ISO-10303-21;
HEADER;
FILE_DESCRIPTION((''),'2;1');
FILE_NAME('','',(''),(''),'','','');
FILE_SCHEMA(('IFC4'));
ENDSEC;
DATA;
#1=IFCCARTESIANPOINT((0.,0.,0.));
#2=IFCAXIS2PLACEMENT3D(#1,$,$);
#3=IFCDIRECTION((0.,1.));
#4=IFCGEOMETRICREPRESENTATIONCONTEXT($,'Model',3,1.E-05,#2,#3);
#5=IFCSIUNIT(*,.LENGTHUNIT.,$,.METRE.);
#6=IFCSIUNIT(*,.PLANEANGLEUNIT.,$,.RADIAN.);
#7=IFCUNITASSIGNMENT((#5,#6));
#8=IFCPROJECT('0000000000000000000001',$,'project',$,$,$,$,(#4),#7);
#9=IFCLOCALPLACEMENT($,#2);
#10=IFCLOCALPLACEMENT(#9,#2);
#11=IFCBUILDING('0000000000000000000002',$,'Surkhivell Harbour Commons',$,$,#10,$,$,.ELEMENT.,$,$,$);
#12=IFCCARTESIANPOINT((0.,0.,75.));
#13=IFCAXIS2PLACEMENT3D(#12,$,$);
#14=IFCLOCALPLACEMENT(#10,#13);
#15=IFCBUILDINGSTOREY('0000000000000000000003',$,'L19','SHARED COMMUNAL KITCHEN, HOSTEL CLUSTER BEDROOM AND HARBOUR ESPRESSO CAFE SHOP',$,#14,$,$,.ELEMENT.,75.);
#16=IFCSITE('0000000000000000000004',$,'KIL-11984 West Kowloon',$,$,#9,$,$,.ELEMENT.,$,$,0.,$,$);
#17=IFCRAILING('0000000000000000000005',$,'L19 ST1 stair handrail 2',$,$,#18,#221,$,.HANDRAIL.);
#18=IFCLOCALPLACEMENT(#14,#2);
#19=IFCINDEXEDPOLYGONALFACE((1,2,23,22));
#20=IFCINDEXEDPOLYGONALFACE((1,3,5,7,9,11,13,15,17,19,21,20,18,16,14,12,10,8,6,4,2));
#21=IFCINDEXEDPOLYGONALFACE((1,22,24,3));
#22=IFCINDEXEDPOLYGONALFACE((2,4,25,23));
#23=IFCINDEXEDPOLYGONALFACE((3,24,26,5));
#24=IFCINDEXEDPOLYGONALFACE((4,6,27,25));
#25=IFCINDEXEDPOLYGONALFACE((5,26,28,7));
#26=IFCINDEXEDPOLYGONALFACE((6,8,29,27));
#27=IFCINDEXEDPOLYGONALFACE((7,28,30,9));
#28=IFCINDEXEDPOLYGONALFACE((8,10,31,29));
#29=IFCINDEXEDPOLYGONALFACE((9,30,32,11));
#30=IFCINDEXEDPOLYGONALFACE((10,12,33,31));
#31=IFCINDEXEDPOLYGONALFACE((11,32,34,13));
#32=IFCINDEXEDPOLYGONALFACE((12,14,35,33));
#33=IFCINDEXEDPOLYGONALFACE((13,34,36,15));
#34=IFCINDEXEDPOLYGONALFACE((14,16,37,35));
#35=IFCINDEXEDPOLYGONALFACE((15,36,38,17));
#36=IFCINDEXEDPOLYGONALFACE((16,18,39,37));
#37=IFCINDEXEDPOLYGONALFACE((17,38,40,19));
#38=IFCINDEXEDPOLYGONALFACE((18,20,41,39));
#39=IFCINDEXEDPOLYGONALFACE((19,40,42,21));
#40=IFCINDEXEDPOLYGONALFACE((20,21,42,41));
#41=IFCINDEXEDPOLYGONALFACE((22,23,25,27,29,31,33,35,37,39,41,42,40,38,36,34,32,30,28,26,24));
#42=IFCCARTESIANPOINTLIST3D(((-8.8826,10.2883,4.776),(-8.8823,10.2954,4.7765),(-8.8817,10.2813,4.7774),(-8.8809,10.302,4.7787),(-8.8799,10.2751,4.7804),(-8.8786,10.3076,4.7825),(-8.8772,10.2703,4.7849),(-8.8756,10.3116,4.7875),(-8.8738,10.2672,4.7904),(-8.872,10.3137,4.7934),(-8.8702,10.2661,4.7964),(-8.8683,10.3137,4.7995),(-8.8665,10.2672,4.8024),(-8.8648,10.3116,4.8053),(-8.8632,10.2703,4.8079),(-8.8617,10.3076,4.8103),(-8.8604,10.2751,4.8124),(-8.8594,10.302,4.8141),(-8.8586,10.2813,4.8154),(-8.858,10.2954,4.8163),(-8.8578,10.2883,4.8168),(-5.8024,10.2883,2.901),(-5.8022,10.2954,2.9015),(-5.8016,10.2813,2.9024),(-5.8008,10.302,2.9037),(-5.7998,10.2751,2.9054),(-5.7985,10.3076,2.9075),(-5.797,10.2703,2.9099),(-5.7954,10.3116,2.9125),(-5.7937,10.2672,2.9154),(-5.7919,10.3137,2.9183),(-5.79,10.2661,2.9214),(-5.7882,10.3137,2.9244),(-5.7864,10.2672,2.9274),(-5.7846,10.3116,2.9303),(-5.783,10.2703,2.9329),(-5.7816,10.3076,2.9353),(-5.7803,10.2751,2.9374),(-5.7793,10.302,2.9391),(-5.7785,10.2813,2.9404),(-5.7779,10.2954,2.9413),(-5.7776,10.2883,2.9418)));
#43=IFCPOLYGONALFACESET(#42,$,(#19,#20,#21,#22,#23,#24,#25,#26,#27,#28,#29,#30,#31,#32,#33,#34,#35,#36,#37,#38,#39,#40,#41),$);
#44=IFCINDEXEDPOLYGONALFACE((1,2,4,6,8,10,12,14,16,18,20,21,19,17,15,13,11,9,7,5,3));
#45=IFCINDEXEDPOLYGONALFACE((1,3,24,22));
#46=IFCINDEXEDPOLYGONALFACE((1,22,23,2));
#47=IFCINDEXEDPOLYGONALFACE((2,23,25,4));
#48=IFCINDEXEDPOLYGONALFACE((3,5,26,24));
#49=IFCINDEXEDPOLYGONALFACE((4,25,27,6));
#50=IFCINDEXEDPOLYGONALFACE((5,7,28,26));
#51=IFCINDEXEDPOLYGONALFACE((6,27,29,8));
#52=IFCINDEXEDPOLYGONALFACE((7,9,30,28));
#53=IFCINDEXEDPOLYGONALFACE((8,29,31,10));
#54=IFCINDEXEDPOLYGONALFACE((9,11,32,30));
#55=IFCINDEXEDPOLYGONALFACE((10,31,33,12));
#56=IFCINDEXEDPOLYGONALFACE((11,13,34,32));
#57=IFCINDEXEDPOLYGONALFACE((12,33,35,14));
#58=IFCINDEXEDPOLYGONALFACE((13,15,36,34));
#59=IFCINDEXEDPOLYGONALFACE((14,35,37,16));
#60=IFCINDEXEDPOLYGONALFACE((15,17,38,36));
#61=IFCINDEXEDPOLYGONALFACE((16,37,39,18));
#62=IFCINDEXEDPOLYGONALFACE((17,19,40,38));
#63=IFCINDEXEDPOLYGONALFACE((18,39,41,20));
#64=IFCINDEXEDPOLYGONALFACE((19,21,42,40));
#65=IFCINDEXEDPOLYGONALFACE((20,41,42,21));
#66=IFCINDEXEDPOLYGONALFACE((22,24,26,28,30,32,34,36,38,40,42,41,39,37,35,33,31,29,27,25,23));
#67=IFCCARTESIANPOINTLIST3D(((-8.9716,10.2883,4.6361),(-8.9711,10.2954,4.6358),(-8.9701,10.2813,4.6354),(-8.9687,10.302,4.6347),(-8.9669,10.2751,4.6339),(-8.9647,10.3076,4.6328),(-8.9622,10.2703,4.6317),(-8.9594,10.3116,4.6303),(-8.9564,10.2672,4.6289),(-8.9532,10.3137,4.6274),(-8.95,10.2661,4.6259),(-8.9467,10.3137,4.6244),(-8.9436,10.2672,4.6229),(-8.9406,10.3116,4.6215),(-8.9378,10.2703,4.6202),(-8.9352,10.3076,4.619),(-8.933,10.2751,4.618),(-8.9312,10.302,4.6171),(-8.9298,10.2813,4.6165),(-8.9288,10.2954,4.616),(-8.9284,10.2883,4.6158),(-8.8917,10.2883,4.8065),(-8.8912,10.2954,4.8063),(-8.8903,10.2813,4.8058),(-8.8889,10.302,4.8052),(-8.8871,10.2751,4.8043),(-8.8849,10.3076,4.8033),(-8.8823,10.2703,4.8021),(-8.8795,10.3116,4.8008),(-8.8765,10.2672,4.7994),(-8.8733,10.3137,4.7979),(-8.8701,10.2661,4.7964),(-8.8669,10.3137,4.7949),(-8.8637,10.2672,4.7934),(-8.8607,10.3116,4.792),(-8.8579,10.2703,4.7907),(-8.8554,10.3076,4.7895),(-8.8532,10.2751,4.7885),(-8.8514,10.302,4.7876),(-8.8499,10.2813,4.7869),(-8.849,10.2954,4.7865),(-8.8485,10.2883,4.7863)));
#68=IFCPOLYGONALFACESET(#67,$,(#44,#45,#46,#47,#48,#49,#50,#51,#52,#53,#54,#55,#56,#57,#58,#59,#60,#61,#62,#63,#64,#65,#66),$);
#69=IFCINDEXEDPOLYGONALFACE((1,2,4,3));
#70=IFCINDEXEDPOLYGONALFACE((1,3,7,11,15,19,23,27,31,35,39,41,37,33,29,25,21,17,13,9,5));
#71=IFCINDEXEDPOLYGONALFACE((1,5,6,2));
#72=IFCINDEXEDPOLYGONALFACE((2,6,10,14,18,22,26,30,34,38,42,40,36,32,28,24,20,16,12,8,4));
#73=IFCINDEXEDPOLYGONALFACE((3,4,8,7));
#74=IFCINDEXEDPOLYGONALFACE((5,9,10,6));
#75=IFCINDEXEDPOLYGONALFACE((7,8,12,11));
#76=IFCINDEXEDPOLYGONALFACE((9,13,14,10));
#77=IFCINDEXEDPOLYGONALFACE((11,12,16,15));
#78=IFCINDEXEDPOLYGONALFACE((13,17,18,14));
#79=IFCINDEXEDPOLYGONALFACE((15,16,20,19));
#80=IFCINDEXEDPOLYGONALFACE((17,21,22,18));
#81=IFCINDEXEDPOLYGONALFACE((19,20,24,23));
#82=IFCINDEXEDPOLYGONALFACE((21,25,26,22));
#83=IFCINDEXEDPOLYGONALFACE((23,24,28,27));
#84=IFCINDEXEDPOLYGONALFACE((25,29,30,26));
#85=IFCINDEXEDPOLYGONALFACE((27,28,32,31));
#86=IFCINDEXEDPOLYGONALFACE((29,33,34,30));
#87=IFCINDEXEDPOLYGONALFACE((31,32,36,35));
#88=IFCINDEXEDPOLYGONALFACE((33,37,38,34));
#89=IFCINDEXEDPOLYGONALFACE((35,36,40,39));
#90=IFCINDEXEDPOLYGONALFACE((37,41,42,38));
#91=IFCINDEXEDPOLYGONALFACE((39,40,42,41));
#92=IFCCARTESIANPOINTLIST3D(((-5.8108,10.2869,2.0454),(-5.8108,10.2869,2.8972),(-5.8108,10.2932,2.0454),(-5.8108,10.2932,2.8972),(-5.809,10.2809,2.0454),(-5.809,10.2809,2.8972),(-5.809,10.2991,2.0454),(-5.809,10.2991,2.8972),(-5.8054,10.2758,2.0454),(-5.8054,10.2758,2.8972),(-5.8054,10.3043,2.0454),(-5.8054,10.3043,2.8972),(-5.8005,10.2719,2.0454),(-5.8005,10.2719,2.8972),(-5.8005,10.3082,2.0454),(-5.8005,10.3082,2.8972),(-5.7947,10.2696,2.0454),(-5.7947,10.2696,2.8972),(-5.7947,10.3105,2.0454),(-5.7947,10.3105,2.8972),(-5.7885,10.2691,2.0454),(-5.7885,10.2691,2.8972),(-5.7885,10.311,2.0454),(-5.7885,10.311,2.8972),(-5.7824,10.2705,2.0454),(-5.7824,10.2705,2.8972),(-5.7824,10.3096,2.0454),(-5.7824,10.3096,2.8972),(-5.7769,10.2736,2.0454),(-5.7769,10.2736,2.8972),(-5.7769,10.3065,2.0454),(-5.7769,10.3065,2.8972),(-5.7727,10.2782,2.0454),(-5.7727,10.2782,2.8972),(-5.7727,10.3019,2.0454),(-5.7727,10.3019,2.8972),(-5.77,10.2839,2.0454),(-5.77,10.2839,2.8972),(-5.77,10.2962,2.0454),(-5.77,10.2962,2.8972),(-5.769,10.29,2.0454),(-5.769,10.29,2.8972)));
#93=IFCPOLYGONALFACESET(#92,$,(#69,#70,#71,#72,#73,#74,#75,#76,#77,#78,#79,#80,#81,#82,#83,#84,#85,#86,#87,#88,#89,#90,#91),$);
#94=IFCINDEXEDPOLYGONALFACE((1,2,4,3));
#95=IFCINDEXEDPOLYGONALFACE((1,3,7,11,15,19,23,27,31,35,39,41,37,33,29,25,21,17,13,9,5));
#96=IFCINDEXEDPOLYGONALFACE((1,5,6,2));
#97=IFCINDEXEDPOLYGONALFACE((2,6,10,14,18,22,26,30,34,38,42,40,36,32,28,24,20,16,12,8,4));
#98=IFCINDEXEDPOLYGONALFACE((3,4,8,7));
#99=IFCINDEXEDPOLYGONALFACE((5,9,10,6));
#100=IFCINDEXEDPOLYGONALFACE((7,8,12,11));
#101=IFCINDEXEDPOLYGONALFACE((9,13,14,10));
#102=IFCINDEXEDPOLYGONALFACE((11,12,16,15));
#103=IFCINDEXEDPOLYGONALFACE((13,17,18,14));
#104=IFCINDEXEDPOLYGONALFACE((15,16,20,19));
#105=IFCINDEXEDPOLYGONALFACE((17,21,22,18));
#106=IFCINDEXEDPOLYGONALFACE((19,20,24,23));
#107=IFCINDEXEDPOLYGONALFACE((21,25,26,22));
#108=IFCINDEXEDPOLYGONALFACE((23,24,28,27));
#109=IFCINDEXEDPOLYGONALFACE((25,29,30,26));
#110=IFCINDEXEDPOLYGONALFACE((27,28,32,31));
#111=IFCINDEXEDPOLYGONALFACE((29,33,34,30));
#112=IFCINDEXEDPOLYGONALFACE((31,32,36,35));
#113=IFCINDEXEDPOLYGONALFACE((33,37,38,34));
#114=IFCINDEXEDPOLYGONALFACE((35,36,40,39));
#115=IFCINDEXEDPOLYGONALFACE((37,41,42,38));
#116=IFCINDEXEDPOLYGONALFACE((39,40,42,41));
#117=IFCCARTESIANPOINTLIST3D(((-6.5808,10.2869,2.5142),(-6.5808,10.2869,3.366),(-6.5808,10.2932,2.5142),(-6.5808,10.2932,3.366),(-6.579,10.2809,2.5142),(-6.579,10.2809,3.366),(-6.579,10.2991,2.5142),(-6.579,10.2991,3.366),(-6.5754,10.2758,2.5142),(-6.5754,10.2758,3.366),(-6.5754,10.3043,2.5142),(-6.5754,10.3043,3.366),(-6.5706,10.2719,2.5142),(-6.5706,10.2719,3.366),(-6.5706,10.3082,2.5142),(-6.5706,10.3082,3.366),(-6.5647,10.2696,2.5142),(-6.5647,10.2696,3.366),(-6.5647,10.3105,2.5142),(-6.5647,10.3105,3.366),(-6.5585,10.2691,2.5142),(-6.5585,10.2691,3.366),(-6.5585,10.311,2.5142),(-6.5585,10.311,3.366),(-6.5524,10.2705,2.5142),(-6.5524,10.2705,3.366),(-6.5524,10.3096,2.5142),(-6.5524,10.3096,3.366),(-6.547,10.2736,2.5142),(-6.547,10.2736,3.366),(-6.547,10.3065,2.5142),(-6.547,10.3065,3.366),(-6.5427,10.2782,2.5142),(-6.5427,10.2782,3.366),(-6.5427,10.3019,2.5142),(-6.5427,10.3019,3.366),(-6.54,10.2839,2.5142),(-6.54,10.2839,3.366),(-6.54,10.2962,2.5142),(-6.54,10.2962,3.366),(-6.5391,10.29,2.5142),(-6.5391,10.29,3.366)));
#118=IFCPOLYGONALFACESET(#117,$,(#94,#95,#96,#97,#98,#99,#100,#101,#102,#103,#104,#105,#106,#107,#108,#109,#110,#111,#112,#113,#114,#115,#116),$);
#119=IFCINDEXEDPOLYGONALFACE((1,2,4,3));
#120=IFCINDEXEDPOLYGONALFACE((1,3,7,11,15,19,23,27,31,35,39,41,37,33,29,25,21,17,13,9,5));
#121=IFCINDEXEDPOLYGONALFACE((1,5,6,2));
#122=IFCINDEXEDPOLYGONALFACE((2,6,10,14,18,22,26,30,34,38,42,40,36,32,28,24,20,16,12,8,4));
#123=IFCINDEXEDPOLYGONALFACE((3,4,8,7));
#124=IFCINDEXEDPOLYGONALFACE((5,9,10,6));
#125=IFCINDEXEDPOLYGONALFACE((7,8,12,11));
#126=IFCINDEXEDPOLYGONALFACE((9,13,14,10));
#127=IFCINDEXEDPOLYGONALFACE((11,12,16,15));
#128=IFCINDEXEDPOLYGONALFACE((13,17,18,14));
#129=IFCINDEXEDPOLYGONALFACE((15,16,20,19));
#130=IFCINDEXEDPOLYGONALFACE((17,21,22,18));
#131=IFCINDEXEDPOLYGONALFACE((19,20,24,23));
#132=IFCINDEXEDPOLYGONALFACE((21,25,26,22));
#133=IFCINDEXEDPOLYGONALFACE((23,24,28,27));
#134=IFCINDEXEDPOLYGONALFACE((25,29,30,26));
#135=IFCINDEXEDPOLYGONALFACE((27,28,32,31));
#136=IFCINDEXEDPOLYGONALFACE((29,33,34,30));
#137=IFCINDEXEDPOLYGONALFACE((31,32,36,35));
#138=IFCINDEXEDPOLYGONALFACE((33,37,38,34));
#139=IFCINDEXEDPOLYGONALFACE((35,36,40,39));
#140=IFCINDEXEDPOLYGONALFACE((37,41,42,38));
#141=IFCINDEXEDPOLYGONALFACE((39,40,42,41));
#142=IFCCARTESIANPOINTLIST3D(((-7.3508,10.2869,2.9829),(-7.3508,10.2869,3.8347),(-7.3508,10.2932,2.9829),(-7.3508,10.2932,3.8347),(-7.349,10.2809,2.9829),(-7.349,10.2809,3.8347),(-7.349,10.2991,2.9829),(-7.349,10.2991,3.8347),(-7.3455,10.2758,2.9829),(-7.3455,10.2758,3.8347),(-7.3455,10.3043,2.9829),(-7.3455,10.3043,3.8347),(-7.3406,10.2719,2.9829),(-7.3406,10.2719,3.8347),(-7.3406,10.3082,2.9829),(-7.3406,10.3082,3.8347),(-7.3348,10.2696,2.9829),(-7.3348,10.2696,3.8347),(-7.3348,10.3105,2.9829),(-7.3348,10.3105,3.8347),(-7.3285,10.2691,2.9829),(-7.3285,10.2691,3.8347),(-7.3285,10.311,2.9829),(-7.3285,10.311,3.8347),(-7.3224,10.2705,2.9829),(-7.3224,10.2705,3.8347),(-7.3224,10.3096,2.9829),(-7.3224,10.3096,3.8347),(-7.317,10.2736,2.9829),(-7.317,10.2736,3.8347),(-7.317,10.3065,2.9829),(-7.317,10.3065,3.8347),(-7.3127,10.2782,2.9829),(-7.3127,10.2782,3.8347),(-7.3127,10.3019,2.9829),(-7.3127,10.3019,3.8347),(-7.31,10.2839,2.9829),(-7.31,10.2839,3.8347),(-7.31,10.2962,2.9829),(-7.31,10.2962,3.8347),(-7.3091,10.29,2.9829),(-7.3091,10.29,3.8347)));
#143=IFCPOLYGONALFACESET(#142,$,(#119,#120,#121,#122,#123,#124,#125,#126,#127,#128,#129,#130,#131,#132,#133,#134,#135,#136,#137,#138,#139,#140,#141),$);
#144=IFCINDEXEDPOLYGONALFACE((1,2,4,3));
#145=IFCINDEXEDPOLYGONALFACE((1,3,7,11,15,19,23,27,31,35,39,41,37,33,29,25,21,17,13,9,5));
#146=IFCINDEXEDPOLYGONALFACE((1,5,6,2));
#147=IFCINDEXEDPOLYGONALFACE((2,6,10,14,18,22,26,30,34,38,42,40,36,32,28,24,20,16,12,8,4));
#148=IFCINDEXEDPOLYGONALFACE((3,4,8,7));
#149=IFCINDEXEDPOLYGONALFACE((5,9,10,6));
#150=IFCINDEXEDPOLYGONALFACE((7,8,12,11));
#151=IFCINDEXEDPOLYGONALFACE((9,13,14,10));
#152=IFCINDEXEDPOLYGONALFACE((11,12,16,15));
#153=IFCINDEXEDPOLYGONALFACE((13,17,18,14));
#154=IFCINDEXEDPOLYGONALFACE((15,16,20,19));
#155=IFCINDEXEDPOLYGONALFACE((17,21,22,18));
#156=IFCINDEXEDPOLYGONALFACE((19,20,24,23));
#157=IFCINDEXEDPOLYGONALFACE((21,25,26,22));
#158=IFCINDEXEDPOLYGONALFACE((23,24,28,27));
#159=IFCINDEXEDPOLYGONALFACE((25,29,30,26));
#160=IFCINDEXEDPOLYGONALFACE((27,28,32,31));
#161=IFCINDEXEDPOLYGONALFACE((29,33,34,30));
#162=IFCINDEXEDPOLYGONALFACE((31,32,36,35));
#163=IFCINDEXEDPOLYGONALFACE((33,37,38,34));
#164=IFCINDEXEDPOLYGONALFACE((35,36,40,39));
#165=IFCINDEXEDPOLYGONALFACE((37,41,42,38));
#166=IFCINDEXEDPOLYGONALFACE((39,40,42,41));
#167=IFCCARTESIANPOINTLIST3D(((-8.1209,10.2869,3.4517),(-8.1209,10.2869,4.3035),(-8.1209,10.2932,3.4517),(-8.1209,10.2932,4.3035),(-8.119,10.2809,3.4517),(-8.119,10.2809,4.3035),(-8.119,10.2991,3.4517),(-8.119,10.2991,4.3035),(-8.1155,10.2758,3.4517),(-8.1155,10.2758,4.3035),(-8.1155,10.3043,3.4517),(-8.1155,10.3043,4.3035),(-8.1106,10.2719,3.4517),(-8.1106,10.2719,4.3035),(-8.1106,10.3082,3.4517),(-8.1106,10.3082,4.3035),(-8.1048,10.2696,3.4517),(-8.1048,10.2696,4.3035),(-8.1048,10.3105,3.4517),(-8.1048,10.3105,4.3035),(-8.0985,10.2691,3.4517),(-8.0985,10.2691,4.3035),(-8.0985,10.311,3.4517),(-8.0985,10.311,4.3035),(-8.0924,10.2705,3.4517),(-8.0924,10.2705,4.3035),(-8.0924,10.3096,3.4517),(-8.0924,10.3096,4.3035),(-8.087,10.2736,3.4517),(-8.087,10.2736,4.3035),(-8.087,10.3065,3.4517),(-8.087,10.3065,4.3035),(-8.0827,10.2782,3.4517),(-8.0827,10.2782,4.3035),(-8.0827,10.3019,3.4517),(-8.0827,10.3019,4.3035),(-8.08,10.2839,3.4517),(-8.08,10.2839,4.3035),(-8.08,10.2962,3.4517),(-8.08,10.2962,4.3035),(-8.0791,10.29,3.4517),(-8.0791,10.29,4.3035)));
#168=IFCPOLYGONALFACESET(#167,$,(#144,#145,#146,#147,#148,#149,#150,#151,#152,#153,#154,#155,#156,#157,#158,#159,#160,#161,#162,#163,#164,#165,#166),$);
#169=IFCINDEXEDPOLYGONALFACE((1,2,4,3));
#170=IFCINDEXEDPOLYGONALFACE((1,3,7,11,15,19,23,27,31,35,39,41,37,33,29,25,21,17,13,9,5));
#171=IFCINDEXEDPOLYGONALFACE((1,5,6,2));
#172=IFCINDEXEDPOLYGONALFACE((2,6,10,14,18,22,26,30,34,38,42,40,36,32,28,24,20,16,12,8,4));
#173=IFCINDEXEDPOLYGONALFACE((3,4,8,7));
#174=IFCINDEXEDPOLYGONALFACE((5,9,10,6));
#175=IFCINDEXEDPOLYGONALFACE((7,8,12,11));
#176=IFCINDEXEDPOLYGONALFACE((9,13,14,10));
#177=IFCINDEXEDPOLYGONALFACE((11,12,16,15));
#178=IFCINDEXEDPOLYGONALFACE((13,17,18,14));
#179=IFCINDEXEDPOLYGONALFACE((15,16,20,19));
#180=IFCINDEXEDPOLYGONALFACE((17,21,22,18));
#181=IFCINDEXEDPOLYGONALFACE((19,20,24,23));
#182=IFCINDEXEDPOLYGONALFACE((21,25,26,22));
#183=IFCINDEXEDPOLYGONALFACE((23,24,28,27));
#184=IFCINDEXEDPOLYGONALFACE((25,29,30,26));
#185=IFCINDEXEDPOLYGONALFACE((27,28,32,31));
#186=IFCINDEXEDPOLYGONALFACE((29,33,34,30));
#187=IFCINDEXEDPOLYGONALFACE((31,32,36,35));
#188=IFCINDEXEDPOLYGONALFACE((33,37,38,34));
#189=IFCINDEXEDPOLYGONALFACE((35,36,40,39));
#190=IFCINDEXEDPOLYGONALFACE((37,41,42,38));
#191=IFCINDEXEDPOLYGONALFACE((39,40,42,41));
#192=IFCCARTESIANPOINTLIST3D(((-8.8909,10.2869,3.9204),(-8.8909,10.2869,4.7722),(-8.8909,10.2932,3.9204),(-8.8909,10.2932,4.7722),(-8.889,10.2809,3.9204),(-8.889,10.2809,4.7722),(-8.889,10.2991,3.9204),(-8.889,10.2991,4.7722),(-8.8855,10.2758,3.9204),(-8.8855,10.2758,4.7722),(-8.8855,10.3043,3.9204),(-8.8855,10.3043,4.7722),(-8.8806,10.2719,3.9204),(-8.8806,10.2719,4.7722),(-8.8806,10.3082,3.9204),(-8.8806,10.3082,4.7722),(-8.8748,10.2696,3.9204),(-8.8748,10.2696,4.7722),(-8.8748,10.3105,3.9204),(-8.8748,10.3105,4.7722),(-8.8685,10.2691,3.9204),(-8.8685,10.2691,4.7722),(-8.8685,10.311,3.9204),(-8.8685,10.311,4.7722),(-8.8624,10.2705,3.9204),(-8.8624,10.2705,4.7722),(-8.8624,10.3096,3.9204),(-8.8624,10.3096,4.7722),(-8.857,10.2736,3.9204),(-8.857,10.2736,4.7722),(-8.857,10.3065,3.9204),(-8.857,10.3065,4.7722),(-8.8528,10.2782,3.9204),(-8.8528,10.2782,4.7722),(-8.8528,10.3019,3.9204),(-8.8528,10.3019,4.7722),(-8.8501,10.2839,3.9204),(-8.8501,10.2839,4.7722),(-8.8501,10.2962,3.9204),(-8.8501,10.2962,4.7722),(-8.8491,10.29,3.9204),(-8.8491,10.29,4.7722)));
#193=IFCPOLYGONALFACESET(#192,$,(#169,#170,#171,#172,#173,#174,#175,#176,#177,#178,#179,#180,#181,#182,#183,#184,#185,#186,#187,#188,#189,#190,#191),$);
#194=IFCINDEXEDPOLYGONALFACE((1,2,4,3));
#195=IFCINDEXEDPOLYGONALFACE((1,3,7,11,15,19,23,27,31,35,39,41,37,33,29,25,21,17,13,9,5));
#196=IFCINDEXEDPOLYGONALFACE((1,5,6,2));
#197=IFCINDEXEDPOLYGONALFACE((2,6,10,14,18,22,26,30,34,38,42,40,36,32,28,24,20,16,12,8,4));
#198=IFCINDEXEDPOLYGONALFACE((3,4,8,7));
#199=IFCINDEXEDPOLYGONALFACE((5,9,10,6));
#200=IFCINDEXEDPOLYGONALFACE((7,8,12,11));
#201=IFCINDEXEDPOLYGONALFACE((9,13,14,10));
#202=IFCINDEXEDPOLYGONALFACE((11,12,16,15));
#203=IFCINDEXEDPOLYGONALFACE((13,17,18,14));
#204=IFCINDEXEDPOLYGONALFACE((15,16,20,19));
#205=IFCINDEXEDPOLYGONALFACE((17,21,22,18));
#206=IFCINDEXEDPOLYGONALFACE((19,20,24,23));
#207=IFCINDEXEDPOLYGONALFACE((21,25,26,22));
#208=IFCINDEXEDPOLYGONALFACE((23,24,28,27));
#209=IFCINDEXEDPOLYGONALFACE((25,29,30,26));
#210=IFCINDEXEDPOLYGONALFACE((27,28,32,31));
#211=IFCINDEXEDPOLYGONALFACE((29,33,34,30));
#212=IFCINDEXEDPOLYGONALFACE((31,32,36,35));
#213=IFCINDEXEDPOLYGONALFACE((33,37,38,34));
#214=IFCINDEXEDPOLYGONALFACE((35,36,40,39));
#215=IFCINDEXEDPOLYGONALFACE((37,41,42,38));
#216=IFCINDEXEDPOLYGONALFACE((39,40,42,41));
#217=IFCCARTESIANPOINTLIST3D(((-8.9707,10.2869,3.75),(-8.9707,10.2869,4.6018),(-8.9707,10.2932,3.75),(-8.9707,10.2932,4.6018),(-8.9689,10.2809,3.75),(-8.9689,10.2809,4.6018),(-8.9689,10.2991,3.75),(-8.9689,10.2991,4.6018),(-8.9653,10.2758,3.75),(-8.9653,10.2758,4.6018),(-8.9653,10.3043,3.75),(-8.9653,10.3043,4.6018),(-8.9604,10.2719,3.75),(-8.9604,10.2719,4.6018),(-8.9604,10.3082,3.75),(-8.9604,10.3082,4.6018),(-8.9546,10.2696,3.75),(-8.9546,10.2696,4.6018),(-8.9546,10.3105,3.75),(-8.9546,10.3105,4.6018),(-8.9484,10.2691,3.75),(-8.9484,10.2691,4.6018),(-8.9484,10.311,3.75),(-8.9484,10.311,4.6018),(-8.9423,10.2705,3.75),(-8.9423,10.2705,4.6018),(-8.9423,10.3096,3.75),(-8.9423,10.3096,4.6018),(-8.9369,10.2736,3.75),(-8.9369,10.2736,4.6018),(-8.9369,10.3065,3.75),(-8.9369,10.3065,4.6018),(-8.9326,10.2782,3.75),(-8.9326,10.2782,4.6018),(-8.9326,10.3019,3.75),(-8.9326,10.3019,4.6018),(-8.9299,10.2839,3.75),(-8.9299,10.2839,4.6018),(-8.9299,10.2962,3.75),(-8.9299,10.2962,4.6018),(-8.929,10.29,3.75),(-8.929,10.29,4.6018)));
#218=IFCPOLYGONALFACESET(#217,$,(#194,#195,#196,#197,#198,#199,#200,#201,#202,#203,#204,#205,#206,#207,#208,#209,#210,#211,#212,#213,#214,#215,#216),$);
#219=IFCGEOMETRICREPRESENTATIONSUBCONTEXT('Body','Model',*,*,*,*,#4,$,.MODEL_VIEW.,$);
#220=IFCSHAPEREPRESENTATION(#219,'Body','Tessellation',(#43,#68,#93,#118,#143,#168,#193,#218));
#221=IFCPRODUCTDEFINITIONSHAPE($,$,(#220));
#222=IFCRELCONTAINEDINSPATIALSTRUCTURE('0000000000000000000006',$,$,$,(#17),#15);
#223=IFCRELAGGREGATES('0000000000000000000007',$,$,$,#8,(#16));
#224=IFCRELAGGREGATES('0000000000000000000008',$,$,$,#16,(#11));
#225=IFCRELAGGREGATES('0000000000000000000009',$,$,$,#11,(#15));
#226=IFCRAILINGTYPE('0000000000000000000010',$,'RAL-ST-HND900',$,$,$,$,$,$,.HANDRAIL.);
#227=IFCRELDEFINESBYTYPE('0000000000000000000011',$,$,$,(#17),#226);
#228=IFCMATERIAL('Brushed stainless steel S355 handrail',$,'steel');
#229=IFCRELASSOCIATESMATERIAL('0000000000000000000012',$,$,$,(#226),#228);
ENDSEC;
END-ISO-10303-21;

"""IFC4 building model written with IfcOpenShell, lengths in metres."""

from ifc_helpers import new_model, si_unit, direction, frame, origin, origin_2d, place, context, subcontext, project, spatial, circle, extrude, material, type_object, element, save


model = new_model("IFC4")

# Units and contexts
model_context = context("Model", 3, precision=1e-05, world=origin(), true_north=direction((0.0, 1.0)))
body_context = subcontext(model_context, "Body", "Model", "MODEL_VIEW")
ifc_project = project(units=[si_unit("LENGTHUNIT", "METRE"), si_unit("PLANEANGLEUNIT", "RADIAN")], contexts=[model_context])

# Site, building, storey
site_placement = place(None, origin())
site = spatial("IfcSite", under=ifc_project, at=site_placement, Name="KIL-11984 West Kowloon", CompositionType="ELEMENT", RefElevation=0.0)
building_placement = place(site_placement, origin())
building = spatial("IfcBuilding", under=site, at=building_placement, Name="Surkhivell Harbour Commons", CompositionType="ELEMENT")
storey_placement = place(building_placement, frame((0.0, 0.0, 75.0)))
storey = spatial("IfcBuildingStorey", under=building, at=storey_placement, Name="L19", Description="SHARED COMMUNAL KITCHEN, HOSTEL CLUSTER BEDROOM AND HARBOUR ESPRESSO CAFE SHOP", CompositionType="ELEMENT", Elevation=75.0)

# Railing
ifc_material_1 = material(Name="Brushed stainless steel S355 handrail", Category="steel")
railing_type_1 = type_object("IfcRailingType", Name="RAL-ST-HND900", PredefinedType="HANDRAIL", material=ifc_material_1)
railing_1_placement = place(storey_placement, frame((-5.79, 10.29, 2.0454)))
element("IfcRailing", 1, at=railing_1_placement, inside=storey, type_object=railing_type_1, Name="L19 ST1 stair handrail 2", PredefinedType="HANDRAIL", context=body_context, shape_type="SweptSolid", body=[
    extrude(circle(Radius=0.0239, at=origin_2d()), frame((0.0, 0.0, 0.876), z_axis=(-0.854178, 0.0, 0.519981), x_axis=(0.0, -1.0, 0.0)), (0.0, 0.0, 1.0), 3.606),
    extrude(circle(Radius=0.0239, at=origin_2d()), frame((-3.0801, 0.0, 2.751), z_axis=(-0.424234, 0.0, -0.905552), x_axis=(0.0, -1.0, 0.0)), (0.0, 0.0, 1.0), 0.1882),
    extrude(circle(Radius=0.021, at=origin_2d()), origin(), (0.0, 0.0, 1.0), 0.8518),
    extrude(circle(Radius=0.021, at=origin_2d()), frame((-0.77, 0.0, 0.4688)), (0.0, 0.0, 1.0), 0.8518),
    extrude(circle(Radius=0.021, at=origin_2d()), frame((-1.54, 0.0, 0.9375)), (0.0, 0.0, 1.0), 0.8518),
    extrude(circle(Radius=0.021, at=origin_2d()), frame((-2.3101, 0.0, 1.4062)), (0.0, 0.0, 1.0), 0.8518),
    extrude(circle(Radius=0.021, at=origin_2d()), frame((-3.0801, 0.0, 1.875)), (0.0, 0.0, 1.0), 0.8518),
    extrude(circle(Radius=0.021, at=origin_2d()), frame((-3.1599, 0.0, 1.7046)), (0.0, 0.0, 1.0), 0.8518),
])

save(model, "model.ifc")
